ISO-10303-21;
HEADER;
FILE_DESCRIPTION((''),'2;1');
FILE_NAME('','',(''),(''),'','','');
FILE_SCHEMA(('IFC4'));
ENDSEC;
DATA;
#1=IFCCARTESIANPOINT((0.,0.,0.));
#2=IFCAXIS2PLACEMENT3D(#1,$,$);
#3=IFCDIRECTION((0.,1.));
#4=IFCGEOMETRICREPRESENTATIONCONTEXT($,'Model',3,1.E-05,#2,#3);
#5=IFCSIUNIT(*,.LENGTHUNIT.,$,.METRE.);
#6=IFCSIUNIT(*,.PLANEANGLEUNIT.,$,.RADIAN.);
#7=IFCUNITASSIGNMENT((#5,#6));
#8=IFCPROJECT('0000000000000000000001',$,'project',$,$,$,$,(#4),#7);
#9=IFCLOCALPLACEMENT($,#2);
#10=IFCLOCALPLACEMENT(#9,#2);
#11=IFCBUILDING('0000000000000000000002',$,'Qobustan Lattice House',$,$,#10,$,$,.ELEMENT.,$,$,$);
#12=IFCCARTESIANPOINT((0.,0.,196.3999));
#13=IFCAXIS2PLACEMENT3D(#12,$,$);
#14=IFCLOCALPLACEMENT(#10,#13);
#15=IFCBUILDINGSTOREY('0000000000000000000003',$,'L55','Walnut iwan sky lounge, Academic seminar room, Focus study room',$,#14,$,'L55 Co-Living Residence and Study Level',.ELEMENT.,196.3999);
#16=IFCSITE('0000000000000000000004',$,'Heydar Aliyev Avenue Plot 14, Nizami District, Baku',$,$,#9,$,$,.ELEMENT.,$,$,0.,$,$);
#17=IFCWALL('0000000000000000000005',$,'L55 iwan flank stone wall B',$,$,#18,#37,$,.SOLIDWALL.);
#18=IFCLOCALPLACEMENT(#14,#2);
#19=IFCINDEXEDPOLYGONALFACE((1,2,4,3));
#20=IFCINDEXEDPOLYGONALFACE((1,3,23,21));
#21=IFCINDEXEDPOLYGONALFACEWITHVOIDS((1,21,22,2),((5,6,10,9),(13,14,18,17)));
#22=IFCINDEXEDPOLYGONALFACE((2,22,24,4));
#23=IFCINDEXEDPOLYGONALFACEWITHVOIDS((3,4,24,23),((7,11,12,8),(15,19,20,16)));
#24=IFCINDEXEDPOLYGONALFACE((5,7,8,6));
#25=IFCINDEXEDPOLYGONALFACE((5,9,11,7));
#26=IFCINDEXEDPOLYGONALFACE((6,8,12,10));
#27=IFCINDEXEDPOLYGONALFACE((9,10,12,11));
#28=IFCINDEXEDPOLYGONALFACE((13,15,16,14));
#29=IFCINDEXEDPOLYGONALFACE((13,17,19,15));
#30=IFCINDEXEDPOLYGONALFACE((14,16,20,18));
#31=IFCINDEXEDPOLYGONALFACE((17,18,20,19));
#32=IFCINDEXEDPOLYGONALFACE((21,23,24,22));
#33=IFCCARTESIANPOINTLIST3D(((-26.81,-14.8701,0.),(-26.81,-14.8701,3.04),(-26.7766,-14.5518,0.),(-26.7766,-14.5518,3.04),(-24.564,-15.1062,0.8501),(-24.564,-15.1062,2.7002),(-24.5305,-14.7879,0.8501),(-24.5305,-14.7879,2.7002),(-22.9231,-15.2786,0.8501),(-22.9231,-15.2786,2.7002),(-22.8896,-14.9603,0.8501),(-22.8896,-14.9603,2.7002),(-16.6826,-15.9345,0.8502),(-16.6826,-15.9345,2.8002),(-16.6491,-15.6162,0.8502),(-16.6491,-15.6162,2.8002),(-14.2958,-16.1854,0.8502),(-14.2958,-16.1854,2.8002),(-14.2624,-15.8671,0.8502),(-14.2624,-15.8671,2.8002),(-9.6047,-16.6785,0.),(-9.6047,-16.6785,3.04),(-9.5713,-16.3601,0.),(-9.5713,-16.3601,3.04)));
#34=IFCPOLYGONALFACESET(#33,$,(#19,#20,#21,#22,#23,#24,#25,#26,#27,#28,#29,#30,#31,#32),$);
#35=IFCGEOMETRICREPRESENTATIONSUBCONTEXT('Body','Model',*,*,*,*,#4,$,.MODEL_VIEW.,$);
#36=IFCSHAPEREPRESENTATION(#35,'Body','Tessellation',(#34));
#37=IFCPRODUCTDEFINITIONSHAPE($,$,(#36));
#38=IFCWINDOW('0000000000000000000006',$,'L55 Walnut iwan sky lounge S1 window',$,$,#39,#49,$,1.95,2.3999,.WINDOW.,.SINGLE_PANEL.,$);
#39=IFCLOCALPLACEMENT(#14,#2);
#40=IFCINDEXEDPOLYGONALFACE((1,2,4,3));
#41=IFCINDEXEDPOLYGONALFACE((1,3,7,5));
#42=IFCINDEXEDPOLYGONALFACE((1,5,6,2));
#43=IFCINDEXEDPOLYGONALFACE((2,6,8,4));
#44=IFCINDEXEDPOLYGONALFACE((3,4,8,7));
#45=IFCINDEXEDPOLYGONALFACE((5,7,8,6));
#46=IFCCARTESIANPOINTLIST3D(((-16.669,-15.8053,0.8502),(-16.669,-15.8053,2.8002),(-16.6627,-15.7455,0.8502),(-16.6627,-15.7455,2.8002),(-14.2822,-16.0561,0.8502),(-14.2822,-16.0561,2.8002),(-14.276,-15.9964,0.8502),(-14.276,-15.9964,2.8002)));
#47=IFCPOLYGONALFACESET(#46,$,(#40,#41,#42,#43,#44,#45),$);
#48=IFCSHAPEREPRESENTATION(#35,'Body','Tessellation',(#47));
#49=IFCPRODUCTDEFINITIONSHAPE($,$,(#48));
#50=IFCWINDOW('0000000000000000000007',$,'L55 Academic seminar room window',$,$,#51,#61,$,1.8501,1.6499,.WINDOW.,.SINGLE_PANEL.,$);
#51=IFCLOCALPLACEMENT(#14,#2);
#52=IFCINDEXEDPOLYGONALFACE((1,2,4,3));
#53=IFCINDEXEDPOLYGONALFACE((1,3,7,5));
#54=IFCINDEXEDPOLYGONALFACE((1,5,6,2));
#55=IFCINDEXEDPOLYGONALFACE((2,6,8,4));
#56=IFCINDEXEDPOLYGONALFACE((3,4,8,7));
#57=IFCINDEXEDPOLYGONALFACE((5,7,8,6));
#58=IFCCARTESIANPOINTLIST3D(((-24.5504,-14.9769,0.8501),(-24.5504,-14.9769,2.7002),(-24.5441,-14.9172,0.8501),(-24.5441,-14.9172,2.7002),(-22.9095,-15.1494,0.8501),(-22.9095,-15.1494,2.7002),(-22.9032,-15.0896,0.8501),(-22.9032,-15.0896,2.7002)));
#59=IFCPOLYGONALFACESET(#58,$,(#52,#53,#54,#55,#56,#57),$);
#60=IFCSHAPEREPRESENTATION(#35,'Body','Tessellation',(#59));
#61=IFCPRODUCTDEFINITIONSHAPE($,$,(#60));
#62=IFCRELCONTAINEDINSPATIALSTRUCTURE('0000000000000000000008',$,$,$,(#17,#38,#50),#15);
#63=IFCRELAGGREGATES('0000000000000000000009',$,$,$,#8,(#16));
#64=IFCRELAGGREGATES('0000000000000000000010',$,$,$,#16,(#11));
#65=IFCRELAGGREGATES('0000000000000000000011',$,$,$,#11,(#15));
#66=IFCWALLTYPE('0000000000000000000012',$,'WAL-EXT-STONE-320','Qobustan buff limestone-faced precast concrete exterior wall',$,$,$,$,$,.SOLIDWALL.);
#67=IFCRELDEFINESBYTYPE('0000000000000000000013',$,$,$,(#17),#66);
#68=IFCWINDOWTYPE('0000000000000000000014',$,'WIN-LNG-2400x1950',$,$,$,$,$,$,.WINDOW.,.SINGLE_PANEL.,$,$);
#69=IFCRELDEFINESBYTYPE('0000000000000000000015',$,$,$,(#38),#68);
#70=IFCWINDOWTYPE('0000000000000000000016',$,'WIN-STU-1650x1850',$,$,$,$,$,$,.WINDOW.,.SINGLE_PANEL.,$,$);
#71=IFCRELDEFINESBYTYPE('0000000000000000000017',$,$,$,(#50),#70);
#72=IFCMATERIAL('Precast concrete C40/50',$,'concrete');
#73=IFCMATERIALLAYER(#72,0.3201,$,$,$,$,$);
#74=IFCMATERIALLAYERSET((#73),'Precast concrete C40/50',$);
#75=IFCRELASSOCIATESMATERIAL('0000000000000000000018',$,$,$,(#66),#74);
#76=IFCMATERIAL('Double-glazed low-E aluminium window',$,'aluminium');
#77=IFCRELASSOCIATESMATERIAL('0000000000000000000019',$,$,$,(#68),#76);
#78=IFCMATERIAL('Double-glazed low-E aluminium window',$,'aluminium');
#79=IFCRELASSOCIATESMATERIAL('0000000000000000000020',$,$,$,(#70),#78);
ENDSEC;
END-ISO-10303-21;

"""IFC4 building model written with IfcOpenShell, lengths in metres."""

from ifc_helpers import new_model, si_unit, direction, frame, frame_2d, origin, place, context, subcontext, project, spatial, rectangle, extrude, material, layer, layer_set, type_object, element, fill, save


model = new_model("IFC4")

# Units and contexts
model_context = context("Model", 3, precision=1e-05, world=origin(), true_north=direction((0.0, 1.0)))
body_context = subcontext(model_context, "Body", "Model", "MODEL_VIEW")
ifc_project = project(units=[si_unit("LENGTHUNIT", "METRE"), si_unit("PLANEANGLEUNIT", "RADIAN")], contexts=[model_context])

# Site, building, storey
site_placement = place(None, origin())
site = spatial("IfcSite", under=ifc_project, at=site_placement, Name="Heydar Aliyev Avenue Plot 14, Nizami District, Baku", CompositionType="ELEMENT", RefElevation=0.0)
building_placement = place(site_placement, origin())
building = spatial("IfcBuilding", under=site, at=building_placement, Name="Qobustan Lattice House", CompositionType="ELEMENT")
storey_placement = place(building_placement, frame((0.0, 0.0, 196.3999)))
storey = spatial("IfcBuildingStorey", under=building, at=storey_placement, Name="L55", Description="Walnut iwan sky lounge, Academic seminar room, Focus study room", LongName="L55 Co-Living Residence and Study Level", CompositionType="ELEMENT", Elevation=196.3999)

# Wall, openings, windows
ifc_material_1 = material(Name="Precast concrete C40/50", Category="concrete")
ifc_layer_1 = layer(ifc_material_1, 0.3201)
ifc_layer_set_1 = layer_set([ifc_layer_1], Name="Precast concrete C40/50")
wall_type = type_object("IfcWallType", Name="WAL-EXT-STONE-320", Description="Qobustan buff limestone-faced precast concrete exterior wall", PredefinedType="SOLIDWALL", material=ifc_layer_set_1)
wall_placement = place(storey_placement, frame((-9.5881, -16.5193, 0.0), z_axis=(0.0, 0.0, 1.0), x_axis=(-0.994522, 0.104528, 0.0)))
wall = element("IfcWall", 1, at=wall_placement, inside=storey, type_object=wall_type, Name="L55 iwan flank stone wall B", PredefinedType="SOLIDWALL", context=body_context, shape_type="SweptSolid", body=[
    extrude(rectangle(XDim=17.3, YDim=0.3201, at=frame_2d((8.6499, 0.0))), origin(), (0.0, 0.0, 1.0), 3.04),
])
opening_1_placement = place(wall_placement, frame((4.7168, 0.0, 0.8501)))
opening_1 = element("IfcOpeningElement", 2, at=opening_1_placement, cuts=wall, PredefinedType="OPENING", context=body_context, shape_type="SweptSolid", body=[
    extrude(rectangle(XDim=2.3999, YDim=1.95, at=frame_2d((1.2, 0.9751))), frame((0.0, 0.1699, 0.0), z_axis=(0.0, -1.0, 0.0), x_axis=(1.0, 0.0, 0.0)), (0.0, 0.0, 1.0), 0.3401),
])
opening_2_placement = place(wall_placement, frame((13.3916, 0.0, 0.8501)))
opening_2 = element("IfcOpeningElement", 3, at=opening_2_placement, cuts=wall, PredefinedType="OPENING", context=body_context, shape_type="SweptSolid", body=[
    extrude(rectangle(XDim=1.6499, YDim=1.8501, at=frame_2d((0.825, 0.925))), frame((0.0, 0.1699, 0.0), z_axis=(0.0, -1.0, 0.0), x_axis=(1.0, 0.0, 0.0)), (0.0, 0.0, 1.0), 0.3401),
])
ifc_material_2 = material(Name="Double-glazed low-E aluminium window", Category="aluminium")
window_type_1 = type_object("IfcWindowType", Name="WIN-LNG-2400x1950", PartitioningType="SINGLE_PANEL", PredefinedType="WINDOW", material=ifc_material_2)
window_1_placement = place(opening_1_placement, origin())
window_1 = element("IfcWindow", 4, at=window_1_placement, inside=storey, type_object=window_type_1, Name="L55 Walnut iwan sky lounge S1 window", OverallHeight=1.95, OverallWidth=2.3999, PartitioningType="SINGLE_PANEL", PredefinedType="WINDOW", context=body_context, shape_type="SweptSolid", body=[
    extrude(rectangle(XDim=2.3999, YDim=1.95, at=frame_2d((1.2, 0.9751))), frame((0.0, 0.03, 0.0), z_axis=(0.0, -1.0, 0.0), x_axis=(1.0, 0.0, 0.0)), (0.0, 0.0, 1.0), 0.0601),
])
fill(opening_1, window_1)
ifc_material_3 = material(Name="Double-glazed low-E aluminium window", Category="aluminium")
window_type_2 = type_object("IfcWindowType", Name="WIN-STU-1650x1850", PartitioningType="SINGLE_PANEL", PredefinedType="WINDOW", material=ifc_material_3)
window_2_placement = place(opening_2_placement, origin())
window_2 = element("IfcWindow", 5, at=window_2_placement, inside=storey, type_object=window_type_2, Name="L55 Academic seminar room window", OverallHeight=1.8501, OverallWidth=1.6499, PartitioningType="SINGLE_PANEL", PredefinedType="WINDOW", context=body_context, shape_type="SweptSolid", body=[
    extrude(rectangle(XDim=1.6499, YDim=1.8501, at=frame_2d((0.825, 0.925))), frame((0.0, 0.03, 0.0), z_axis=(0.0, -1.0, 0.0), x_axis=(1.0, 0.0, 0.0)), (0.0, 0.0, 1.0), 0.0601),
])
fill(opening_2, window_2)

save(model, "model.ifc")
